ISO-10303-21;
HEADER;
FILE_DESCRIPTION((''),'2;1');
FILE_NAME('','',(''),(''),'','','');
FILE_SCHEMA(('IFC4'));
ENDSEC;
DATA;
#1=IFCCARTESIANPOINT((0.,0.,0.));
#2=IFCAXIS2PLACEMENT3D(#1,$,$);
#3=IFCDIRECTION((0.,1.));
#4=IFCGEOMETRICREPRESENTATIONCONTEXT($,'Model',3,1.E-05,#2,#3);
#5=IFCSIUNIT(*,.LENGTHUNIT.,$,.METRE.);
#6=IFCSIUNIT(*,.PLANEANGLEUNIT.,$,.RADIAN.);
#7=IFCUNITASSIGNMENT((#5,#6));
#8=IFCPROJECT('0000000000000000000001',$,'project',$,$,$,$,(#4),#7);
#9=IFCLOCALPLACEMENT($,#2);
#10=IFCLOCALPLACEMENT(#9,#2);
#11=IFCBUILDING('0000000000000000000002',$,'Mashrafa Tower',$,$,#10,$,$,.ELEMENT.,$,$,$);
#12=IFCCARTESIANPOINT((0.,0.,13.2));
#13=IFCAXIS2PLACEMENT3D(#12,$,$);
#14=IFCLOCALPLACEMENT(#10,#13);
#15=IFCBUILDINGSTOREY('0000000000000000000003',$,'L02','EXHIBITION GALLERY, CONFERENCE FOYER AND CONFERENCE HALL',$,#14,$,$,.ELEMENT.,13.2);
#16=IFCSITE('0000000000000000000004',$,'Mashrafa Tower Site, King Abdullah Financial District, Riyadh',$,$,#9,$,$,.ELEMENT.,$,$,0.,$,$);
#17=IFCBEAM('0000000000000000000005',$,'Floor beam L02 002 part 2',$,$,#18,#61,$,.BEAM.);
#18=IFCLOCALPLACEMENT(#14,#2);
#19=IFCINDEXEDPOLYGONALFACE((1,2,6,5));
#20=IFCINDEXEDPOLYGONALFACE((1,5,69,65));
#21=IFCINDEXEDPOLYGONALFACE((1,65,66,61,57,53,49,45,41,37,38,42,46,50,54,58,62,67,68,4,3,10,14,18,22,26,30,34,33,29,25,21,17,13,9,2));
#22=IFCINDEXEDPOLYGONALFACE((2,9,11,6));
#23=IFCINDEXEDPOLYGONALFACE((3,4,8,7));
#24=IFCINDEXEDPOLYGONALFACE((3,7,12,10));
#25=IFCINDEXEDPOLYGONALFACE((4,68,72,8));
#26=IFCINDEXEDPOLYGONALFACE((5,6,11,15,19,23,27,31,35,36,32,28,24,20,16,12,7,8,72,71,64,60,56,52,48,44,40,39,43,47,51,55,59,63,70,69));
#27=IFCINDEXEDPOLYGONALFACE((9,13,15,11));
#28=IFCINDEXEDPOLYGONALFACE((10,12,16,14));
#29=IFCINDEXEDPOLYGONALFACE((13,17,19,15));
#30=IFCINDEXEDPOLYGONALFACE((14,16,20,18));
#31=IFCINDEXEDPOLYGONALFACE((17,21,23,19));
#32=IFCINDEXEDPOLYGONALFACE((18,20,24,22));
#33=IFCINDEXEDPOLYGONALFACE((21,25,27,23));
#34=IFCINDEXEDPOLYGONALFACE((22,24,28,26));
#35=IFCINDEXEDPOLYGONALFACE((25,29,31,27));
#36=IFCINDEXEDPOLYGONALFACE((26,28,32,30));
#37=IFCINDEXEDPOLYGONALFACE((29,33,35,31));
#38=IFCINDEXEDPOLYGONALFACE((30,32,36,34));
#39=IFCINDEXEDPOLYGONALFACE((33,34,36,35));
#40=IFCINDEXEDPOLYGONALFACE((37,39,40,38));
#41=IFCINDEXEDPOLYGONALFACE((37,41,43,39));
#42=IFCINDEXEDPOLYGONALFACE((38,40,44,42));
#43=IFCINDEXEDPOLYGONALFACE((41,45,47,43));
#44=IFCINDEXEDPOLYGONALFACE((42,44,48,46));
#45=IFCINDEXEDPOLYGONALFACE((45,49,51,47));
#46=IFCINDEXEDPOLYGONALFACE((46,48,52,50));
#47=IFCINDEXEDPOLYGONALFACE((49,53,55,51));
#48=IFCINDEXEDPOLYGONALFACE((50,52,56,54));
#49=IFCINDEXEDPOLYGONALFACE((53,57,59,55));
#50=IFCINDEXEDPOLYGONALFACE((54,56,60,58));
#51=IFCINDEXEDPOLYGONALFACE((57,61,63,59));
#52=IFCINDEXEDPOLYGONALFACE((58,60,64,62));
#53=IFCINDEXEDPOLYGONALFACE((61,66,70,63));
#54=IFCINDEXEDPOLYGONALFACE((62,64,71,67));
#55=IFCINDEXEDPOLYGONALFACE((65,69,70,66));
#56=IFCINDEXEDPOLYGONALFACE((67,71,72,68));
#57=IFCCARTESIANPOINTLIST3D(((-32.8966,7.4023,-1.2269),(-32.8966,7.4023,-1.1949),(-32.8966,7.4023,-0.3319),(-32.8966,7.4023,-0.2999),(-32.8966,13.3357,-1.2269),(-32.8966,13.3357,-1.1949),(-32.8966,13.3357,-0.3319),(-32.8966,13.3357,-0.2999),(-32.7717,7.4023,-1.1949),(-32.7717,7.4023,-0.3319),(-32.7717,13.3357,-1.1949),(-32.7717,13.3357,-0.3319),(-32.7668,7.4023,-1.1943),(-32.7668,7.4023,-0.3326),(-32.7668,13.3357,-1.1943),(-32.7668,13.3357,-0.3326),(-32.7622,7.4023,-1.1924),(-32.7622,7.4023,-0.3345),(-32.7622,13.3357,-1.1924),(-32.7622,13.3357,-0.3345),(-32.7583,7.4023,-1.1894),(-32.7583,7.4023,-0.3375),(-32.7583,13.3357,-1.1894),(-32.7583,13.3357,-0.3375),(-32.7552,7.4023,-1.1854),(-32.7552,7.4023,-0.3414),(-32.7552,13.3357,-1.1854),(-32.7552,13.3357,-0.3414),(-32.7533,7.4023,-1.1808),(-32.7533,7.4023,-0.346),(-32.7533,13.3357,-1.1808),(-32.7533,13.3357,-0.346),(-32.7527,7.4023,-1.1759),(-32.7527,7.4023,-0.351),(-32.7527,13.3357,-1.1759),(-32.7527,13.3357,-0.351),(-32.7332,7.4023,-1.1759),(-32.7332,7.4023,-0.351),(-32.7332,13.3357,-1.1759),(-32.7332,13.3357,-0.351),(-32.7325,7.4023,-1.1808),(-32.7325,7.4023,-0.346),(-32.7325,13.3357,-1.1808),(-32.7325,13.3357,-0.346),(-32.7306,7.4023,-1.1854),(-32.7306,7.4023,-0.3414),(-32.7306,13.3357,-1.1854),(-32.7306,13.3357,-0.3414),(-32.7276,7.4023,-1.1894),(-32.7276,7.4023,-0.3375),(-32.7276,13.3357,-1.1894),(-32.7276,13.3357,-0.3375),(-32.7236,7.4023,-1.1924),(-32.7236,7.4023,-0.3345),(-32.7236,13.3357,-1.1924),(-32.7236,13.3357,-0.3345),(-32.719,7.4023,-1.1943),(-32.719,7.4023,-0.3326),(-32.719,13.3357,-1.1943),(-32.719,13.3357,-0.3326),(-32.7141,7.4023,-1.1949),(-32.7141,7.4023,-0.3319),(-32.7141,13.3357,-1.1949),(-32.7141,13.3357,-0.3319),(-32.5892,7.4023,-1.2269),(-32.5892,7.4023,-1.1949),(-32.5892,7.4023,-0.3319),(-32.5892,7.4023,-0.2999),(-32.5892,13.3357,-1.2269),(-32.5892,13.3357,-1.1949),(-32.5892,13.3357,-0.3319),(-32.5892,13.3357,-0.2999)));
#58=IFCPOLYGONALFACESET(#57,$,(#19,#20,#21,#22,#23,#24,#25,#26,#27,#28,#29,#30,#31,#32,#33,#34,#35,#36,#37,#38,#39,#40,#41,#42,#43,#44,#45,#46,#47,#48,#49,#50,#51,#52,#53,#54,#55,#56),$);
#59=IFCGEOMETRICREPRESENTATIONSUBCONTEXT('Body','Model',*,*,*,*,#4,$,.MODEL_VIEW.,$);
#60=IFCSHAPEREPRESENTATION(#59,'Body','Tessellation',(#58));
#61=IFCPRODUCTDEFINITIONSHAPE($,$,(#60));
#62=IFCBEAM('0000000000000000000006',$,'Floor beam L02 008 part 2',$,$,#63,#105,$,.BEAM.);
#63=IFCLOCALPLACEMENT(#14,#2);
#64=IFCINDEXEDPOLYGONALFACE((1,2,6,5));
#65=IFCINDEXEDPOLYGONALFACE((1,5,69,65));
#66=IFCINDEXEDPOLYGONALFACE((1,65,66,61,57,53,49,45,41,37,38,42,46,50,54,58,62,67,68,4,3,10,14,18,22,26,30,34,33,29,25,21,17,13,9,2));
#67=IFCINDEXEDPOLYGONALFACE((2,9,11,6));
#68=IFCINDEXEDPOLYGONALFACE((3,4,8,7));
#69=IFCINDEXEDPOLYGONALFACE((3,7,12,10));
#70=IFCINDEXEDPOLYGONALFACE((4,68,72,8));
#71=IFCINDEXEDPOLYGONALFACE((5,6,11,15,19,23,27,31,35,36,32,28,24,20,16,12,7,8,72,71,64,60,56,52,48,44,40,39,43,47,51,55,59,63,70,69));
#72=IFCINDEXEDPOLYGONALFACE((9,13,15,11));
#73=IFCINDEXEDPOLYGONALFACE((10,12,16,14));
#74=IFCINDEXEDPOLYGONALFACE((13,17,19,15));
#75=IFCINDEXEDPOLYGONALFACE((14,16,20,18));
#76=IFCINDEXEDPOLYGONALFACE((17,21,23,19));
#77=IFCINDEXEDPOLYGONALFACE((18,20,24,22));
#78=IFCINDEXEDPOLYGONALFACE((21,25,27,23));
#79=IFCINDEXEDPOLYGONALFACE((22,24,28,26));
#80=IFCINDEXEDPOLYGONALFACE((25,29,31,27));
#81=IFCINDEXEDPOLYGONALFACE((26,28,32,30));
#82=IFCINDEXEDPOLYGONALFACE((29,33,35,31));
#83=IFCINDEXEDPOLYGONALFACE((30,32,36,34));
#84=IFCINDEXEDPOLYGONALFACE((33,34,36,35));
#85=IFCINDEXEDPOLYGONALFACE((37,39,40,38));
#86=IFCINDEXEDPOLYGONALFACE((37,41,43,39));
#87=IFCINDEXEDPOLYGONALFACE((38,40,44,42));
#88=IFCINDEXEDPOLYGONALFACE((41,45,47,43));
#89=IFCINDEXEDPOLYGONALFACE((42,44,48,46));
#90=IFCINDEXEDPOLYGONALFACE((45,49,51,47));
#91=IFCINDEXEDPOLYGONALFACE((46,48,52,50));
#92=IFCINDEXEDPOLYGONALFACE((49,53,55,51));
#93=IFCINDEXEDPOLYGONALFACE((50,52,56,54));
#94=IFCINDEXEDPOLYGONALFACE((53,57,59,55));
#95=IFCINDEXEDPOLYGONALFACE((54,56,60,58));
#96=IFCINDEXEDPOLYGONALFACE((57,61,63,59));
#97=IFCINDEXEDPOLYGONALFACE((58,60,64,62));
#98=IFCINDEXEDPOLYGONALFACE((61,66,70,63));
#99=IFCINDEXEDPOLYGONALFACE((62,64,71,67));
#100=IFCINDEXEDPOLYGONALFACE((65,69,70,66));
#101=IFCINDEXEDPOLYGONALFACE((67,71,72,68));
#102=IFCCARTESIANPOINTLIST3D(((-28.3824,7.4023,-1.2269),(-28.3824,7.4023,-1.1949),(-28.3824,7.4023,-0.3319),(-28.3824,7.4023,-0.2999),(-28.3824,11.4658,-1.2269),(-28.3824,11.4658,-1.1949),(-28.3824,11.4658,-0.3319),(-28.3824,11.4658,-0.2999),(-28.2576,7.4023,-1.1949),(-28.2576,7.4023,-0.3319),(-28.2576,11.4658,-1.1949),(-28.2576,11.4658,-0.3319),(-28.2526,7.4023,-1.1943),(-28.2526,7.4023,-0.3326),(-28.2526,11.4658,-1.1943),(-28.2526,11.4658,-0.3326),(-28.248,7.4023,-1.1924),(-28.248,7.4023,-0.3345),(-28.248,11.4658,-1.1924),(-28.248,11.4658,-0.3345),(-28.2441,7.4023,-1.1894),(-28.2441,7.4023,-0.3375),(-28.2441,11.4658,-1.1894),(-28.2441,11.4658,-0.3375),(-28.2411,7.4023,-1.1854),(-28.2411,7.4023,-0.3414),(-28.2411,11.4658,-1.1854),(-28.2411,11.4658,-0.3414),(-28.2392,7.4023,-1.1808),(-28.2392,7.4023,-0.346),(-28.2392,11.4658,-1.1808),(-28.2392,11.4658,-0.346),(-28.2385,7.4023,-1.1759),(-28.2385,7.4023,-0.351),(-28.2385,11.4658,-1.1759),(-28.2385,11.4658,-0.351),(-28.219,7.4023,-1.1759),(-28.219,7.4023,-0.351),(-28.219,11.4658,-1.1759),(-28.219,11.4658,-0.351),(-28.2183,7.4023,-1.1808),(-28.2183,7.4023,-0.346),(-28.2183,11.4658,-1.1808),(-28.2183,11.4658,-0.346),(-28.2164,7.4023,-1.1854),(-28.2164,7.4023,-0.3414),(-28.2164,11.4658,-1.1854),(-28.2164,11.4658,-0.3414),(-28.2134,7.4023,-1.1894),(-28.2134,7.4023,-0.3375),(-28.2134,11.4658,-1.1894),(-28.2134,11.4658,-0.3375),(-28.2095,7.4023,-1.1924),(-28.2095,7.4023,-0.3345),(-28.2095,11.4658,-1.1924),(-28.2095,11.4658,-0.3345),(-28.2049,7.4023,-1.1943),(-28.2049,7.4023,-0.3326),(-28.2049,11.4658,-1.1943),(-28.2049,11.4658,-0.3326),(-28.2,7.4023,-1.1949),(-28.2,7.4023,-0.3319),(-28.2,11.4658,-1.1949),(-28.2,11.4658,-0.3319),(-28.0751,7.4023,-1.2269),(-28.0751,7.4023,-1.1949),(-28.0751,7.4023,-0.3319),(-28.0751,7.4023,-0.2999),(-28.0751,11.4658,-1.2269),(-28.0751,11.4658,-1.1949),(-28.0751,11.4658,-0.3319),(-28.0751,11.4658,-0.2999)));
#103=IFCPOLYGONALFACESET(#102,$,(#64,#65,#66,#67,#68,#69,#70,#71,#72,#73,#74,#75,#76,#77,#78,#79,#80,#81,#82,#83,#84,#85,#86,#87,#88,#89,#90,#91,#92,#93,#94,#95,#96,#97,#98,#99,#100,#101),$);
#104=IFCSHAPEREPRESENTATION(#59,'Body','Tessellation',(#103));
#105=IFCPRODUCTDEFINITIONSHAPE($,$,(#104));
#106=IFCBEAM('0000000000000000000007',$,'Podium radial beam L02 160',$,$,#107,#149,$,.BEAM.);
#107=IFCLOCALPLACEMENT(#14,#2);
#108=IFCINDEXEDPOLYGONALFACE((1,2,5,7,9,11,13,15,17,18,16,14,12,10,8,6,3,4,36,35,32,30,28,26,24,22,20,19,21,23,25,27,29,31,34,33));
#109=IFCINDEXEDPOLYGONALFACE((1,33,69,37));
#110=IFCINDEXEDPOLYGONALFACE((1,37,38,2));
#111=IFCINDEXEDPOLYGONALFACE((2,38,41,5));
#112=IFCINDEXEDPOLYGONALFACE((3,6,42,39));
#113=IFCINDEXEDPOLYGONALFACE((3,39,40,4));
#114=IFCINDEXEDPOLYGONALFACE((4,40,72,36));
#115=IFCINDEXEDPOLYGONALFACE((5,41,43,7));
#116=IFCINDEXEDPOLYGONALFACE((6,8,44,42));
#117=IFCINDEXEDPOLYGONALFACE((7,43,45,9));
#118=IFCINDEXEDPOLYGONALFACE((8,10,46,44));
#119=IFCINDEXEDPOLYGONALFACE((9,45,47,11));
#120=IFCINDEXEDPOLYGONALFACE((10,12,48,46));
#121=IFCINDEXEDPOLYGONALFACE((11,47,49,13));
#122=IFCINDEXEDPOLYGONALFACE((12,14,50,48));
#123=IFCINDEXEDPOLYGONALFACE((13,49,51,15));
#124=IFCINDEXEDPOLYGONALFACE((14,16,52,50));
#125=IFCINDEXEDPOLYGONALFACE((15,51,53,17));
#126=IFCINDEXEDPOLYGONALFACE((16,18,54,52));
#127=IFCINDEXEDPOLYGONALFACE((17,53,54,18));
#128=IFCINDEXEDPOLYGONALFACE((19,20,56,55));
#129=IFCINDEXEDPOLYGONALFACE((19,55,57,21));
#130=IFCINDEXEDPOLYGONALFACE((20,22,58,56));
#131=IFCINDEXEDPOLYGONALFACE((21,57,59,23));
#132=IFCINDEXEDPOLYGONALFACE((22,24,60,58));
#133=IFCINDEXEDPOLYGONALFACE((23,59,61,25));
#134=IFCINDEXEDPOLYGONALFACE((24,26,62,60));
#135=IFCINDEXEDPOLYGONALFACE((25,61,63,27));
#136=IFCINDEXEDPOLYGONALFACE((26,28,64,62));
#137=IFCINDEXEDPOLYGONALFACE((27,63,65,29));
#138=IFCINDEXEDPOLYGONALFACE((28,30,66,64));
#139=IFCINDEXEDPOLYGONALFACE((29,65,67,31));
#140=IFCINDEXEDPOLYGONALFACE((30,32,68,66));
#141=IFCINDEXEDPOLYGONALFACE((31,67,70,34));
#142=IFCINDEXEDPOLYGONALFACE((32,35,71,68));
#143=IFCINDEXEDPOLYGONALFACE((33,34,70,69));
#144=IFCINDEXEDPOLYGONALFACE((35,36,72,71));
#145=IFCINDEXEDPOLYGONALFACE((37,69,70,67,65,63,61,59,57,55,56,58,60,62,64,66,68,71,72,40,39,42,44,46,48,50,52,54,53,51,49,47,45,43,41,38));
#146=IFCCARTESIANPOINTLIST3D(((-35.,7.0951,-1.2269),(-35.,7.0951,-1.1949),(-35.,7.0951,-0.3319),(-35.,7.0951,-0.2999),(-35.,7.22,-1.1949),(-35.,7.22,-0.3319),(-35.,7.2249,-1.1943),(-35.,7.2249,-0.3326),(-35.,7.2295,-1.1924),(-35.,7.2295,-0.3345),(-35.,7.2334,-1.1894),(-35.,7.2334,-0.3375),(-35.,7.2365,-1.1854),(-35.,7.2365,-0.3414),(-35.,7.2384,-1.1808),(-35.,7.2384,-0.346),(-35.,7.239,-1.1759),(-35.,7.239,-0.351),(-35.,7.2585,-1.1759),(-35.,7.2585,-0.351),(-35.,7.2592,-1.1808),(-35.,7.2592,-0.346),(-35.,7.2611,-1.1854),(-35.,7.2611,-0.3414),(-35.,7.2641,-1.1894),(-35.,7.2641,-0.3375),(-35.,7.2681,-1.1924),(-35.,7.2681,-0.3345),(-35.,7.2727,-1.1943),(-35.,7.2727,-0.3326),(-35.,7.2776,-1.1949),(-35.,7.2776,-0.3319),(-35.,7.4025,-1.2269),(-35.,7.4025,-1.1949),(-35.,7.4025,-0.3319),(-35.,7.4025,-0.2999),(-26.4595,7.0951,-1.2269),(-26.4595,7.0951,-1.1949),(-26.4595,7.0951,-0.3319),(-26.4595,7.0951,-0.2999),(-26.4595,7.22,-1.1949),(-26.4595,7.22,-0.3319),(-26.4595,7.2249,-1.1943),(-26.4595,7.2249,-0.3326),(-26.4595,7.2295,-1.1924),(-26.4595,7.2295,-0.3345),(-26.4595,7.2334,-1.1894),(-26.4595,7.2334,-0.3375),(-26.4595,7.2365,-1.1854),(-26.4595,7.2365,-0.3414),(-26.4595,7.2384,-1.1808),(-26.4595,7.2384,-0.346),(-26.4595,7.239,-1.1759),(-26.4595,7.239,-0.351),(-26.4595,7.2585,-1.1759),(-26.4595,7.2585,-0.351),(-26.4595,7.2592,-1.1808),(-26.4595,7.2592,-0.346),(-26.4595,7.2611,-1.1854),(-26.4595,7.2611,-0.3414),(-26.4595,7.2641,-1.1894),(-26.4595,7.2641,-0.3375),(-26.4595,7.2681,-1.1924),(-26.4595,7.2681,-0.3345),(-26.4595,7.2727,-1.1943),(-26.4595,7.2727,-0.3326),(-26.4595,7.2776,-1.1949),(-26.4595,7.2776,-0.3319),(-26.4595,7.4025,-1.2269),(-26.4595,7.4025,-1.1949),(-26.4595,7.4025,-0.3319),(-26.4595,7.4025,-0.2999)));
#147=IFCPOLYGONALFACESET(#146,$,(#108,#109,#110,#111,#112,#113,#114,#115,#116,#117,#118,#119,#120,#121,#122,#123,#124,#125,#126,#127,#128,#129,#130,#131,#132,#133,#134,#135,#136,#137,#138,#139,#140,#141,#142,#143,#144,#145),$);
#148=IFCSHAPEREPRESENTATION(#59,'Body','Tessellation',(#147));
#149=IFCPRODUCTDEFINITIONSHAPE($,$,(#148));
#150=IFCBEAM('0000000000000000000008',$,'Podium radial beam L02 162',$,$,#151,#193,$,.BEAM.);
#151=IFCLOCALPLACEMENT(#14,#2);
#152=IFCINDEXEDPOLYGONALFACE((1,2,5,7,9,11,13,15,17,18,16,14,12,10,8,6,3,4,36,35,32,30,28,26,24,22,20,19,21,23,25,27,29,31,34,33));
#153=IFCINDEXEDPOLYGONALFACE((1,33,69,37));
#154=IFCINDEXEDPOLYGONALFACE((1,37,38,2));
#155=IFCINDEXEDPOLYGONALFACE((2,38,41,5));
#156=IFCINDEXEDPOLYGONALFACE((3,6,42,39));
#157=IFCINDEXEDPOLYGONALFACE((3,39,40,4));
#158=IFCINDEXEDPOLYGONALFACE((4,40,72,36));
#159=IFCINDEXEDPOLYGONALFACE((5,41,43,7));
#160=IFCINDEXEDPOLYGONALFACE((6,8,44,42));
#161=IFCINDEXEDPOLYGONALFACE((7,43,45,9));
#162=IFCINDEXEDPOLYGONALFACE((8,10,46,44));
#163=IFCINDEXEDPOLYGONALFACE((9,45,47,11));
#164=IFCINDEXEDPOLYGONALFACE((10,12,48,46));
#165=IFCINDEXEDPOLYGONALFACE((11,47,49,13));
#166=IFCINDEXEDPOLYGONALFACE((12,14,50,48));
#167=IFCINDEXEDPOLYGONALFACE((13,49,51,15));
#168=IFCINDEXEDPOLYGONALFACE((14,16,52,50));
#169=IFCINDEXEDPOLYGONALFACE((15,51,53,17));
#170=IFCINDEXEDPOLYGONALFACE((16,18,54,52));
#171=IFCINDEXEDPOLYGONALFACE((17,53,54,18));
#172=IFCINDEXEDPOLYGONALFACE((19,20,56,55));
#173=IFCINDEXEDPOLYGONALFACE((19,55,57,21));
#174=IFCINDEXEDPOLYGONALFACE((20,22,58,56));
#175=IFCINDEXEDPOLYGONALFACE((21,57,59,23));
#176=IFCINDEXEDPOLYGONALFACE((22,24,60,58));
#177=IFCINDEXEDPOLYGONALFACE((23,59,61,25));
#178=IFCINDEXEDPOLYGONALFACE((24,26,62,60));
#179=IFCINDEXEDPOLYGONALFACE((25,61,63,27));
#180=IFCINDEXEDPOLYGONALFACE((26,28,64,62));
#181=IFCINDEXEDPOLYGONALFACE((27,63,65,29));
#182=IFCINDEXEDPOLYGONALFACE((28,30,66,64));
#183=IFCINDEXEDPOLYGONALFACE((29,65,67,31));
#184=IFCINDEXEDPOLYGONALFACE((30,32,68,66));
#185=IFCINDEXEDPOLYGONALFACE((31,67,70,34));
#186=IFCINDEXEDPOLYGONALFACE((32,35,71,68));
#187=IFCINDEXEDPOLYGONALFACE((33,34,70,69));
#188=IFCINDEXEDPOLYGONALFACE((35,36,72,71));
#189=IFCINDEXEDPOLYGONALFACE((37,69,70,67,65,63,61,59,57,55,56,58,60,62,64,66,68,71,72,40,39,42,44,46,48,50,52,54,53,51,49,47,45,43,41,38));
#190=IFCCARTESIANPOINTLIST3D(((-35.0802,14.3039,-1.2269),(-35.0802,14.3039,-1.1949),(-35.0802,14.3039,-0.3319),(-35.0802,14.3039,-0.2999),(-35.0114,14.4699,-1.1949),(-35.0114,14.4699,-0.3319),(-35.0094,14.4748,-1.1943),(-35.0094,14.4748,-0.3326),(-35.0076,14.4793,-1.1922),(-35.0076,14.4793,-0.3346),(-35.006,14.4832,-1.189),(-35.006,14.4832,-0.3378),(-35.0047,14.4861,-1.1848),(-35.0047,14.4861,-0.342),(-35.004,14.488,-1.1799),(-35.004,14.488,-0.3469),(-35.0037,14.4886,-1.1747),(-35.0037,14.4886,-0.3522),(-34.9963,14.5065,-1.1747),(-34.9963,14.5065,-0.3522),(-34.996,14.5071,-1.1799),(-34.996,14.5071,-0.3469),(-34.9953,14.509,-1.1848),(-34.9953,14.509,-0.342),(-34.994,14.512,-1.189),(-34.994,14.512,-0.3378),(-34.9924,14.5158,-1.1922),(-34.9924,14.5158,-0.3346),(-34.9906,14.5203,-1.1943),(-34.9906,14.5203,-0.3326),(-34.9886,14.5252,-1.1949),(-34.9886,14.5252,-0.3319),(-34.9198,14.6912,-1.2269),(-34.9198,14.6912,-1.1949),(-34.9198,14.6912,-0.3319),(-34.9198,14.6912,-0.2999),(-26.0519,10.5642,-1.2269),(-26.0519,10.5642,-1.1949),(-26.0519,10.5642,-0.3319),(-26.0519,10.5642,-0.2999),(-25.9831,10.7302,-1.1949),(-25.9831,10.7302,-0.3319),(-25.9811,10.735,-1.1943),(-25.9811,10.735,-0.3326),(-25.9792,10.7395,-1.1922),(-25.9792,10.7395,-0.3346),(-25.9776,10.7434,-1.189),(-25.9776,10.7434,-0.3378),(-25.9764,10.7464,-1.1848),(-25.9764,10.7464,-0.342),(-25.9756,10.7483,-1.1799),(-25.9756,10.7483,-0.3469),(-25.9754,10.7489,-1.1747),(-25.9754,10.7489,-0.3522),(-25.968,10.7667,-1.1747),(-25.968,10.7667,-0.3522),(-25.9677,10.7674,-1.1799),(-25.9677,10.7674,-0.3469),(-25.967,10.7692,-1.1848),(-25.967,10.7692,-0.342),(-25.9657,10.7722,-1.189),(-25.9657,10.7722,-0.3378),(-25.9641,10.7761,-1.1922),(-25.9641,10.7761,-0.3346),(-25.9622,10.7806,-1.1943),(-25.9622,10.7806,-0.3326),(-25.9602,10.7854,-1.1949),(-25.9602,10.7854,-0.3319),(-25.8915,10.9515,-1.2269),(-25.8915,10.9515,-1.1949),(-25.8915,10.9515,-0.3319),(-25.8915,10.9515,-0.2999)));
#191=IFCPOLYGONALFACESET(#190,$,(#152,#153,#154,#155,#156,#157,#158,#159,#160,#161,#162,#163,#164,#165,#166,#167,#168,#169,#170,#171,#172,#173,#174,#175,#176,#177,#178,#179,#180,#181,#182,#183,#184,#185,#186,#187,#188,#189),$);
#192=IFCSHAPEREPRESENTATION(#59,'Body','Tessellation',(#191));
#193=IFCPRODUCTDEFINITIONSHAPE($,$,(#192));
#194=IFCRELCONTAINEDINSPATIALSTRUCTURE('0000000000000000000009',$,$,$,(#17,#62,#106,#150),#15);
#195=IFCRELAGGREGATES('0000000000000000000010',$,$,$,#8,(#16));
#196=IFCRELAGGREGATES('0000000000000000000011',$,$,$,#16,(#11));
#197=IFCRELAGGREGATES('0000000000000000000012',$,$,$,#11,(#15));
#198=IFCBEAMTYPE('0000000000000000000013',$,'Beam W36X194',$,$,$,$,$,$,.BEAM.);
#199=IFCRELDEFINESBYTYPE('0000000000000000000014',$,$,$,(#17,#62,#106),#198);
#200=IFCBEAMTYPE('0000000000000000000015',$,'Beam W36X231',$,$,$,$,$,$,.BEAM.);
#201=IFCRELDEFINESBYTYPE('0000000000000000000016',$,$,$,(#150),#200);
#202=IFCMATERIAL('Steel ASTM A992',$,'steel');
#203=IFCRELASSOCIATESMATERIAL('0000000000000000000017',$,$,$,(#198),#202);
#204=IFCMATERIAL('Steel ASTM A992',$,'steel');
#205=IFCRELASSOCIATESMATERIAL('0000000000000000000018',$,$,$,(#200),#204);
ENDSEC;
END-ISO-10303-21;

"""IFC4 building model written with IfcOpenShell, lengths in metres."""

from ifc_helpers import new_model, si_unit, direction, frame, origin, origin_2d, place, context, subcontext, project, spatial, i_section, extrude, material, material_profile, profile_set, type_object, element, save


model = new_model("IFC4")

# Units and contexts
model_context = context("Model", 3, precision=1e-05, world=origin(), true_north=direction((0.0, 1.0)))
body_context = subcontext(model_context, "Body", "Model", "MODEL_VIEW")
ifc_project = project(units=[si_unit("LENGTHUNIT", "METRE"), si_unit("PLANEANGLEUNIT", "RADIAN")], contexts=[model_context])

# Site, building, storey
site_placement = place(None, origin())
site = spatial("IfcSite", under=ifc_project, at=site_placement, Name="Mashrafa Tower Site, King Abdullah Financial District, Riyadh", CompositionType="ELEMENT", RefElevation=0.0)
building_placement = place(site_placement, origin())
building = spatial("IfcBuilding", under=site, at=building_placement, Name="Mashrafa Tower", CompositionType="ELEMENT")
storey_placement = place(building_placement, frame((0.0, 0.0, 13.2)))
storey = spatial("IfcBuildingStorey", under=building, at=storey_placement, Name="L02", Description="EXHIBITION GALLERY, CONFERENCE FOYER AND CONFERENCE HALL", CompositionType="ELEMENT", Elevation=13.2)

# Beams
ifc_material_1 = material(Name="Steel ASTM A992", Category="steel")
ifc_material_profile_1 = material_profile(ifc_material_1, i_section(OverallWidth=0.3074, OverallDepth=0.927, WebThickness=0.0195, FlangeThickness=0.032, FilletRadius=0.019, at=origin_2d()), Name="W36X194")
ifc_profile_set_1 = profile_set([ifc_material_profile_1], Name="Steel ASTM A992")
beam_type_1 = type_object("IfcBeamType", Name="Beam W36X194", PredefinedType="BEAM", material=ifc_profile_set_1)
beam_1_placement = place(storey_placement, frame((-32.7429, 7.4023, -0.7634), z_axis=(0.0, 1.0, 0.0), x_axis=(-1.0, 0.0, 0.0)))
element("IfcBeam", 1, at=beam_1_placement, inside=storey, type_object=beam_type_1, Name="Floor beam L02 002 part 2", PredefinedType="BEAM", context=body_context, shape_type="SweptSolid", body=[
    extrude(i_section(OverallWidth=0.3074, OverallDepth=0.927, WebThickness=0.0195, FlangeThickness=0.032, FilletRadius=0.019, at=origin_2d()), origin(), (0.0, 0.0, 1.0), 5.9333),
])
beam_2_placement = place(storey_placement, frame((-28.2288, 7.4023, -0.7634), z_axis=(0.0, 1.0, 0.0), x_axis=(-1.0, 0.0, 0.0)))
element("IfcBeam", 2, at=beam_2_placement, inside=storey, type_object=beam_type_1, Name="Floor beam L02 008 part 2", PredefinedType="BEAM", context=body_context, shape_type="SweptSolid", body=[
    extrude(i_section(OverallWidth=0.3074, OverallDepth=0.927, WebThickness=0.0195, FlangeThickness=0.032, FilletRadius=0.019, at=origin_2d()), origin(), (0.0, 0.0, 1.0), 4.0635),
])
beam_3_placement = place(storey_placement, frame((-26.4595, 7.2488, -0.7634), z_axis=(-1.0, 0.0, 0.0), x_axis=(0.0, -1.0, 0.0)))
element("IfcBeam", 3, at=beam_3_placement, inside=storey, type_object=beam_type_1, Name="Podium radial beam L02 160", PredefinedType="BEAM", context=body_context, shape_type="SweptSolid", body=[
    extrude(i_section(OverallWidth=0.3074, OverallDepth=0.927, WebThickness=0.0195, FlangeThickness=0.032, FilletRadius=0.019, at=origin_2d()), origin(), (0.0, 0.0, 1.0), 8.5405),
])
ifc_material_2 = material(Name="Steel ASTM A992", Category="steel")
ifc_material_profile_2 = material_profile(ifc_material_2, i_section(OverallWidth=0.4192, OverallDepth=0.927, WebThickness=0.0193, FlangeThickness=0.032, FilletRadius=0.0203, at=origin_2d()), Name="W36X231")
ifc_profile_set_2 = profile_set([ifc_material_profile_2], Name="Steel ASTM A992")
beam_type_2 = type_object("IfcBeamType", Name="Beam W36X231", PredefinedType="BEAM", material=ifc_profile_set_2)
beam_4_placement = place(storey_placement, frame((-25.9717, 10.7578, -0.7634), z_axis=(-0.923876, 0.382692, 0.0), x_axis=(-0.382692, -0.923876, 0.0)))
element("IfcBeam", 4, at=beam_4_placement, inside=storey, type_object=beam_type_2, Name="Podium radial beam L02 162", PredefinedType="BEAM", context=body_context, shape_type="SweptSolid", body=[
    extrude(i_section(OverallWidth=0.4192, OverallDepth=0.927, WebThickness=0.0193, FlangeThickness=0.032, FilletRadius=0.0203, at=origin_2d()), origin(), (0.0, 0.0, 1.0), 9.7722),
])

save(model, "model.ifc")
